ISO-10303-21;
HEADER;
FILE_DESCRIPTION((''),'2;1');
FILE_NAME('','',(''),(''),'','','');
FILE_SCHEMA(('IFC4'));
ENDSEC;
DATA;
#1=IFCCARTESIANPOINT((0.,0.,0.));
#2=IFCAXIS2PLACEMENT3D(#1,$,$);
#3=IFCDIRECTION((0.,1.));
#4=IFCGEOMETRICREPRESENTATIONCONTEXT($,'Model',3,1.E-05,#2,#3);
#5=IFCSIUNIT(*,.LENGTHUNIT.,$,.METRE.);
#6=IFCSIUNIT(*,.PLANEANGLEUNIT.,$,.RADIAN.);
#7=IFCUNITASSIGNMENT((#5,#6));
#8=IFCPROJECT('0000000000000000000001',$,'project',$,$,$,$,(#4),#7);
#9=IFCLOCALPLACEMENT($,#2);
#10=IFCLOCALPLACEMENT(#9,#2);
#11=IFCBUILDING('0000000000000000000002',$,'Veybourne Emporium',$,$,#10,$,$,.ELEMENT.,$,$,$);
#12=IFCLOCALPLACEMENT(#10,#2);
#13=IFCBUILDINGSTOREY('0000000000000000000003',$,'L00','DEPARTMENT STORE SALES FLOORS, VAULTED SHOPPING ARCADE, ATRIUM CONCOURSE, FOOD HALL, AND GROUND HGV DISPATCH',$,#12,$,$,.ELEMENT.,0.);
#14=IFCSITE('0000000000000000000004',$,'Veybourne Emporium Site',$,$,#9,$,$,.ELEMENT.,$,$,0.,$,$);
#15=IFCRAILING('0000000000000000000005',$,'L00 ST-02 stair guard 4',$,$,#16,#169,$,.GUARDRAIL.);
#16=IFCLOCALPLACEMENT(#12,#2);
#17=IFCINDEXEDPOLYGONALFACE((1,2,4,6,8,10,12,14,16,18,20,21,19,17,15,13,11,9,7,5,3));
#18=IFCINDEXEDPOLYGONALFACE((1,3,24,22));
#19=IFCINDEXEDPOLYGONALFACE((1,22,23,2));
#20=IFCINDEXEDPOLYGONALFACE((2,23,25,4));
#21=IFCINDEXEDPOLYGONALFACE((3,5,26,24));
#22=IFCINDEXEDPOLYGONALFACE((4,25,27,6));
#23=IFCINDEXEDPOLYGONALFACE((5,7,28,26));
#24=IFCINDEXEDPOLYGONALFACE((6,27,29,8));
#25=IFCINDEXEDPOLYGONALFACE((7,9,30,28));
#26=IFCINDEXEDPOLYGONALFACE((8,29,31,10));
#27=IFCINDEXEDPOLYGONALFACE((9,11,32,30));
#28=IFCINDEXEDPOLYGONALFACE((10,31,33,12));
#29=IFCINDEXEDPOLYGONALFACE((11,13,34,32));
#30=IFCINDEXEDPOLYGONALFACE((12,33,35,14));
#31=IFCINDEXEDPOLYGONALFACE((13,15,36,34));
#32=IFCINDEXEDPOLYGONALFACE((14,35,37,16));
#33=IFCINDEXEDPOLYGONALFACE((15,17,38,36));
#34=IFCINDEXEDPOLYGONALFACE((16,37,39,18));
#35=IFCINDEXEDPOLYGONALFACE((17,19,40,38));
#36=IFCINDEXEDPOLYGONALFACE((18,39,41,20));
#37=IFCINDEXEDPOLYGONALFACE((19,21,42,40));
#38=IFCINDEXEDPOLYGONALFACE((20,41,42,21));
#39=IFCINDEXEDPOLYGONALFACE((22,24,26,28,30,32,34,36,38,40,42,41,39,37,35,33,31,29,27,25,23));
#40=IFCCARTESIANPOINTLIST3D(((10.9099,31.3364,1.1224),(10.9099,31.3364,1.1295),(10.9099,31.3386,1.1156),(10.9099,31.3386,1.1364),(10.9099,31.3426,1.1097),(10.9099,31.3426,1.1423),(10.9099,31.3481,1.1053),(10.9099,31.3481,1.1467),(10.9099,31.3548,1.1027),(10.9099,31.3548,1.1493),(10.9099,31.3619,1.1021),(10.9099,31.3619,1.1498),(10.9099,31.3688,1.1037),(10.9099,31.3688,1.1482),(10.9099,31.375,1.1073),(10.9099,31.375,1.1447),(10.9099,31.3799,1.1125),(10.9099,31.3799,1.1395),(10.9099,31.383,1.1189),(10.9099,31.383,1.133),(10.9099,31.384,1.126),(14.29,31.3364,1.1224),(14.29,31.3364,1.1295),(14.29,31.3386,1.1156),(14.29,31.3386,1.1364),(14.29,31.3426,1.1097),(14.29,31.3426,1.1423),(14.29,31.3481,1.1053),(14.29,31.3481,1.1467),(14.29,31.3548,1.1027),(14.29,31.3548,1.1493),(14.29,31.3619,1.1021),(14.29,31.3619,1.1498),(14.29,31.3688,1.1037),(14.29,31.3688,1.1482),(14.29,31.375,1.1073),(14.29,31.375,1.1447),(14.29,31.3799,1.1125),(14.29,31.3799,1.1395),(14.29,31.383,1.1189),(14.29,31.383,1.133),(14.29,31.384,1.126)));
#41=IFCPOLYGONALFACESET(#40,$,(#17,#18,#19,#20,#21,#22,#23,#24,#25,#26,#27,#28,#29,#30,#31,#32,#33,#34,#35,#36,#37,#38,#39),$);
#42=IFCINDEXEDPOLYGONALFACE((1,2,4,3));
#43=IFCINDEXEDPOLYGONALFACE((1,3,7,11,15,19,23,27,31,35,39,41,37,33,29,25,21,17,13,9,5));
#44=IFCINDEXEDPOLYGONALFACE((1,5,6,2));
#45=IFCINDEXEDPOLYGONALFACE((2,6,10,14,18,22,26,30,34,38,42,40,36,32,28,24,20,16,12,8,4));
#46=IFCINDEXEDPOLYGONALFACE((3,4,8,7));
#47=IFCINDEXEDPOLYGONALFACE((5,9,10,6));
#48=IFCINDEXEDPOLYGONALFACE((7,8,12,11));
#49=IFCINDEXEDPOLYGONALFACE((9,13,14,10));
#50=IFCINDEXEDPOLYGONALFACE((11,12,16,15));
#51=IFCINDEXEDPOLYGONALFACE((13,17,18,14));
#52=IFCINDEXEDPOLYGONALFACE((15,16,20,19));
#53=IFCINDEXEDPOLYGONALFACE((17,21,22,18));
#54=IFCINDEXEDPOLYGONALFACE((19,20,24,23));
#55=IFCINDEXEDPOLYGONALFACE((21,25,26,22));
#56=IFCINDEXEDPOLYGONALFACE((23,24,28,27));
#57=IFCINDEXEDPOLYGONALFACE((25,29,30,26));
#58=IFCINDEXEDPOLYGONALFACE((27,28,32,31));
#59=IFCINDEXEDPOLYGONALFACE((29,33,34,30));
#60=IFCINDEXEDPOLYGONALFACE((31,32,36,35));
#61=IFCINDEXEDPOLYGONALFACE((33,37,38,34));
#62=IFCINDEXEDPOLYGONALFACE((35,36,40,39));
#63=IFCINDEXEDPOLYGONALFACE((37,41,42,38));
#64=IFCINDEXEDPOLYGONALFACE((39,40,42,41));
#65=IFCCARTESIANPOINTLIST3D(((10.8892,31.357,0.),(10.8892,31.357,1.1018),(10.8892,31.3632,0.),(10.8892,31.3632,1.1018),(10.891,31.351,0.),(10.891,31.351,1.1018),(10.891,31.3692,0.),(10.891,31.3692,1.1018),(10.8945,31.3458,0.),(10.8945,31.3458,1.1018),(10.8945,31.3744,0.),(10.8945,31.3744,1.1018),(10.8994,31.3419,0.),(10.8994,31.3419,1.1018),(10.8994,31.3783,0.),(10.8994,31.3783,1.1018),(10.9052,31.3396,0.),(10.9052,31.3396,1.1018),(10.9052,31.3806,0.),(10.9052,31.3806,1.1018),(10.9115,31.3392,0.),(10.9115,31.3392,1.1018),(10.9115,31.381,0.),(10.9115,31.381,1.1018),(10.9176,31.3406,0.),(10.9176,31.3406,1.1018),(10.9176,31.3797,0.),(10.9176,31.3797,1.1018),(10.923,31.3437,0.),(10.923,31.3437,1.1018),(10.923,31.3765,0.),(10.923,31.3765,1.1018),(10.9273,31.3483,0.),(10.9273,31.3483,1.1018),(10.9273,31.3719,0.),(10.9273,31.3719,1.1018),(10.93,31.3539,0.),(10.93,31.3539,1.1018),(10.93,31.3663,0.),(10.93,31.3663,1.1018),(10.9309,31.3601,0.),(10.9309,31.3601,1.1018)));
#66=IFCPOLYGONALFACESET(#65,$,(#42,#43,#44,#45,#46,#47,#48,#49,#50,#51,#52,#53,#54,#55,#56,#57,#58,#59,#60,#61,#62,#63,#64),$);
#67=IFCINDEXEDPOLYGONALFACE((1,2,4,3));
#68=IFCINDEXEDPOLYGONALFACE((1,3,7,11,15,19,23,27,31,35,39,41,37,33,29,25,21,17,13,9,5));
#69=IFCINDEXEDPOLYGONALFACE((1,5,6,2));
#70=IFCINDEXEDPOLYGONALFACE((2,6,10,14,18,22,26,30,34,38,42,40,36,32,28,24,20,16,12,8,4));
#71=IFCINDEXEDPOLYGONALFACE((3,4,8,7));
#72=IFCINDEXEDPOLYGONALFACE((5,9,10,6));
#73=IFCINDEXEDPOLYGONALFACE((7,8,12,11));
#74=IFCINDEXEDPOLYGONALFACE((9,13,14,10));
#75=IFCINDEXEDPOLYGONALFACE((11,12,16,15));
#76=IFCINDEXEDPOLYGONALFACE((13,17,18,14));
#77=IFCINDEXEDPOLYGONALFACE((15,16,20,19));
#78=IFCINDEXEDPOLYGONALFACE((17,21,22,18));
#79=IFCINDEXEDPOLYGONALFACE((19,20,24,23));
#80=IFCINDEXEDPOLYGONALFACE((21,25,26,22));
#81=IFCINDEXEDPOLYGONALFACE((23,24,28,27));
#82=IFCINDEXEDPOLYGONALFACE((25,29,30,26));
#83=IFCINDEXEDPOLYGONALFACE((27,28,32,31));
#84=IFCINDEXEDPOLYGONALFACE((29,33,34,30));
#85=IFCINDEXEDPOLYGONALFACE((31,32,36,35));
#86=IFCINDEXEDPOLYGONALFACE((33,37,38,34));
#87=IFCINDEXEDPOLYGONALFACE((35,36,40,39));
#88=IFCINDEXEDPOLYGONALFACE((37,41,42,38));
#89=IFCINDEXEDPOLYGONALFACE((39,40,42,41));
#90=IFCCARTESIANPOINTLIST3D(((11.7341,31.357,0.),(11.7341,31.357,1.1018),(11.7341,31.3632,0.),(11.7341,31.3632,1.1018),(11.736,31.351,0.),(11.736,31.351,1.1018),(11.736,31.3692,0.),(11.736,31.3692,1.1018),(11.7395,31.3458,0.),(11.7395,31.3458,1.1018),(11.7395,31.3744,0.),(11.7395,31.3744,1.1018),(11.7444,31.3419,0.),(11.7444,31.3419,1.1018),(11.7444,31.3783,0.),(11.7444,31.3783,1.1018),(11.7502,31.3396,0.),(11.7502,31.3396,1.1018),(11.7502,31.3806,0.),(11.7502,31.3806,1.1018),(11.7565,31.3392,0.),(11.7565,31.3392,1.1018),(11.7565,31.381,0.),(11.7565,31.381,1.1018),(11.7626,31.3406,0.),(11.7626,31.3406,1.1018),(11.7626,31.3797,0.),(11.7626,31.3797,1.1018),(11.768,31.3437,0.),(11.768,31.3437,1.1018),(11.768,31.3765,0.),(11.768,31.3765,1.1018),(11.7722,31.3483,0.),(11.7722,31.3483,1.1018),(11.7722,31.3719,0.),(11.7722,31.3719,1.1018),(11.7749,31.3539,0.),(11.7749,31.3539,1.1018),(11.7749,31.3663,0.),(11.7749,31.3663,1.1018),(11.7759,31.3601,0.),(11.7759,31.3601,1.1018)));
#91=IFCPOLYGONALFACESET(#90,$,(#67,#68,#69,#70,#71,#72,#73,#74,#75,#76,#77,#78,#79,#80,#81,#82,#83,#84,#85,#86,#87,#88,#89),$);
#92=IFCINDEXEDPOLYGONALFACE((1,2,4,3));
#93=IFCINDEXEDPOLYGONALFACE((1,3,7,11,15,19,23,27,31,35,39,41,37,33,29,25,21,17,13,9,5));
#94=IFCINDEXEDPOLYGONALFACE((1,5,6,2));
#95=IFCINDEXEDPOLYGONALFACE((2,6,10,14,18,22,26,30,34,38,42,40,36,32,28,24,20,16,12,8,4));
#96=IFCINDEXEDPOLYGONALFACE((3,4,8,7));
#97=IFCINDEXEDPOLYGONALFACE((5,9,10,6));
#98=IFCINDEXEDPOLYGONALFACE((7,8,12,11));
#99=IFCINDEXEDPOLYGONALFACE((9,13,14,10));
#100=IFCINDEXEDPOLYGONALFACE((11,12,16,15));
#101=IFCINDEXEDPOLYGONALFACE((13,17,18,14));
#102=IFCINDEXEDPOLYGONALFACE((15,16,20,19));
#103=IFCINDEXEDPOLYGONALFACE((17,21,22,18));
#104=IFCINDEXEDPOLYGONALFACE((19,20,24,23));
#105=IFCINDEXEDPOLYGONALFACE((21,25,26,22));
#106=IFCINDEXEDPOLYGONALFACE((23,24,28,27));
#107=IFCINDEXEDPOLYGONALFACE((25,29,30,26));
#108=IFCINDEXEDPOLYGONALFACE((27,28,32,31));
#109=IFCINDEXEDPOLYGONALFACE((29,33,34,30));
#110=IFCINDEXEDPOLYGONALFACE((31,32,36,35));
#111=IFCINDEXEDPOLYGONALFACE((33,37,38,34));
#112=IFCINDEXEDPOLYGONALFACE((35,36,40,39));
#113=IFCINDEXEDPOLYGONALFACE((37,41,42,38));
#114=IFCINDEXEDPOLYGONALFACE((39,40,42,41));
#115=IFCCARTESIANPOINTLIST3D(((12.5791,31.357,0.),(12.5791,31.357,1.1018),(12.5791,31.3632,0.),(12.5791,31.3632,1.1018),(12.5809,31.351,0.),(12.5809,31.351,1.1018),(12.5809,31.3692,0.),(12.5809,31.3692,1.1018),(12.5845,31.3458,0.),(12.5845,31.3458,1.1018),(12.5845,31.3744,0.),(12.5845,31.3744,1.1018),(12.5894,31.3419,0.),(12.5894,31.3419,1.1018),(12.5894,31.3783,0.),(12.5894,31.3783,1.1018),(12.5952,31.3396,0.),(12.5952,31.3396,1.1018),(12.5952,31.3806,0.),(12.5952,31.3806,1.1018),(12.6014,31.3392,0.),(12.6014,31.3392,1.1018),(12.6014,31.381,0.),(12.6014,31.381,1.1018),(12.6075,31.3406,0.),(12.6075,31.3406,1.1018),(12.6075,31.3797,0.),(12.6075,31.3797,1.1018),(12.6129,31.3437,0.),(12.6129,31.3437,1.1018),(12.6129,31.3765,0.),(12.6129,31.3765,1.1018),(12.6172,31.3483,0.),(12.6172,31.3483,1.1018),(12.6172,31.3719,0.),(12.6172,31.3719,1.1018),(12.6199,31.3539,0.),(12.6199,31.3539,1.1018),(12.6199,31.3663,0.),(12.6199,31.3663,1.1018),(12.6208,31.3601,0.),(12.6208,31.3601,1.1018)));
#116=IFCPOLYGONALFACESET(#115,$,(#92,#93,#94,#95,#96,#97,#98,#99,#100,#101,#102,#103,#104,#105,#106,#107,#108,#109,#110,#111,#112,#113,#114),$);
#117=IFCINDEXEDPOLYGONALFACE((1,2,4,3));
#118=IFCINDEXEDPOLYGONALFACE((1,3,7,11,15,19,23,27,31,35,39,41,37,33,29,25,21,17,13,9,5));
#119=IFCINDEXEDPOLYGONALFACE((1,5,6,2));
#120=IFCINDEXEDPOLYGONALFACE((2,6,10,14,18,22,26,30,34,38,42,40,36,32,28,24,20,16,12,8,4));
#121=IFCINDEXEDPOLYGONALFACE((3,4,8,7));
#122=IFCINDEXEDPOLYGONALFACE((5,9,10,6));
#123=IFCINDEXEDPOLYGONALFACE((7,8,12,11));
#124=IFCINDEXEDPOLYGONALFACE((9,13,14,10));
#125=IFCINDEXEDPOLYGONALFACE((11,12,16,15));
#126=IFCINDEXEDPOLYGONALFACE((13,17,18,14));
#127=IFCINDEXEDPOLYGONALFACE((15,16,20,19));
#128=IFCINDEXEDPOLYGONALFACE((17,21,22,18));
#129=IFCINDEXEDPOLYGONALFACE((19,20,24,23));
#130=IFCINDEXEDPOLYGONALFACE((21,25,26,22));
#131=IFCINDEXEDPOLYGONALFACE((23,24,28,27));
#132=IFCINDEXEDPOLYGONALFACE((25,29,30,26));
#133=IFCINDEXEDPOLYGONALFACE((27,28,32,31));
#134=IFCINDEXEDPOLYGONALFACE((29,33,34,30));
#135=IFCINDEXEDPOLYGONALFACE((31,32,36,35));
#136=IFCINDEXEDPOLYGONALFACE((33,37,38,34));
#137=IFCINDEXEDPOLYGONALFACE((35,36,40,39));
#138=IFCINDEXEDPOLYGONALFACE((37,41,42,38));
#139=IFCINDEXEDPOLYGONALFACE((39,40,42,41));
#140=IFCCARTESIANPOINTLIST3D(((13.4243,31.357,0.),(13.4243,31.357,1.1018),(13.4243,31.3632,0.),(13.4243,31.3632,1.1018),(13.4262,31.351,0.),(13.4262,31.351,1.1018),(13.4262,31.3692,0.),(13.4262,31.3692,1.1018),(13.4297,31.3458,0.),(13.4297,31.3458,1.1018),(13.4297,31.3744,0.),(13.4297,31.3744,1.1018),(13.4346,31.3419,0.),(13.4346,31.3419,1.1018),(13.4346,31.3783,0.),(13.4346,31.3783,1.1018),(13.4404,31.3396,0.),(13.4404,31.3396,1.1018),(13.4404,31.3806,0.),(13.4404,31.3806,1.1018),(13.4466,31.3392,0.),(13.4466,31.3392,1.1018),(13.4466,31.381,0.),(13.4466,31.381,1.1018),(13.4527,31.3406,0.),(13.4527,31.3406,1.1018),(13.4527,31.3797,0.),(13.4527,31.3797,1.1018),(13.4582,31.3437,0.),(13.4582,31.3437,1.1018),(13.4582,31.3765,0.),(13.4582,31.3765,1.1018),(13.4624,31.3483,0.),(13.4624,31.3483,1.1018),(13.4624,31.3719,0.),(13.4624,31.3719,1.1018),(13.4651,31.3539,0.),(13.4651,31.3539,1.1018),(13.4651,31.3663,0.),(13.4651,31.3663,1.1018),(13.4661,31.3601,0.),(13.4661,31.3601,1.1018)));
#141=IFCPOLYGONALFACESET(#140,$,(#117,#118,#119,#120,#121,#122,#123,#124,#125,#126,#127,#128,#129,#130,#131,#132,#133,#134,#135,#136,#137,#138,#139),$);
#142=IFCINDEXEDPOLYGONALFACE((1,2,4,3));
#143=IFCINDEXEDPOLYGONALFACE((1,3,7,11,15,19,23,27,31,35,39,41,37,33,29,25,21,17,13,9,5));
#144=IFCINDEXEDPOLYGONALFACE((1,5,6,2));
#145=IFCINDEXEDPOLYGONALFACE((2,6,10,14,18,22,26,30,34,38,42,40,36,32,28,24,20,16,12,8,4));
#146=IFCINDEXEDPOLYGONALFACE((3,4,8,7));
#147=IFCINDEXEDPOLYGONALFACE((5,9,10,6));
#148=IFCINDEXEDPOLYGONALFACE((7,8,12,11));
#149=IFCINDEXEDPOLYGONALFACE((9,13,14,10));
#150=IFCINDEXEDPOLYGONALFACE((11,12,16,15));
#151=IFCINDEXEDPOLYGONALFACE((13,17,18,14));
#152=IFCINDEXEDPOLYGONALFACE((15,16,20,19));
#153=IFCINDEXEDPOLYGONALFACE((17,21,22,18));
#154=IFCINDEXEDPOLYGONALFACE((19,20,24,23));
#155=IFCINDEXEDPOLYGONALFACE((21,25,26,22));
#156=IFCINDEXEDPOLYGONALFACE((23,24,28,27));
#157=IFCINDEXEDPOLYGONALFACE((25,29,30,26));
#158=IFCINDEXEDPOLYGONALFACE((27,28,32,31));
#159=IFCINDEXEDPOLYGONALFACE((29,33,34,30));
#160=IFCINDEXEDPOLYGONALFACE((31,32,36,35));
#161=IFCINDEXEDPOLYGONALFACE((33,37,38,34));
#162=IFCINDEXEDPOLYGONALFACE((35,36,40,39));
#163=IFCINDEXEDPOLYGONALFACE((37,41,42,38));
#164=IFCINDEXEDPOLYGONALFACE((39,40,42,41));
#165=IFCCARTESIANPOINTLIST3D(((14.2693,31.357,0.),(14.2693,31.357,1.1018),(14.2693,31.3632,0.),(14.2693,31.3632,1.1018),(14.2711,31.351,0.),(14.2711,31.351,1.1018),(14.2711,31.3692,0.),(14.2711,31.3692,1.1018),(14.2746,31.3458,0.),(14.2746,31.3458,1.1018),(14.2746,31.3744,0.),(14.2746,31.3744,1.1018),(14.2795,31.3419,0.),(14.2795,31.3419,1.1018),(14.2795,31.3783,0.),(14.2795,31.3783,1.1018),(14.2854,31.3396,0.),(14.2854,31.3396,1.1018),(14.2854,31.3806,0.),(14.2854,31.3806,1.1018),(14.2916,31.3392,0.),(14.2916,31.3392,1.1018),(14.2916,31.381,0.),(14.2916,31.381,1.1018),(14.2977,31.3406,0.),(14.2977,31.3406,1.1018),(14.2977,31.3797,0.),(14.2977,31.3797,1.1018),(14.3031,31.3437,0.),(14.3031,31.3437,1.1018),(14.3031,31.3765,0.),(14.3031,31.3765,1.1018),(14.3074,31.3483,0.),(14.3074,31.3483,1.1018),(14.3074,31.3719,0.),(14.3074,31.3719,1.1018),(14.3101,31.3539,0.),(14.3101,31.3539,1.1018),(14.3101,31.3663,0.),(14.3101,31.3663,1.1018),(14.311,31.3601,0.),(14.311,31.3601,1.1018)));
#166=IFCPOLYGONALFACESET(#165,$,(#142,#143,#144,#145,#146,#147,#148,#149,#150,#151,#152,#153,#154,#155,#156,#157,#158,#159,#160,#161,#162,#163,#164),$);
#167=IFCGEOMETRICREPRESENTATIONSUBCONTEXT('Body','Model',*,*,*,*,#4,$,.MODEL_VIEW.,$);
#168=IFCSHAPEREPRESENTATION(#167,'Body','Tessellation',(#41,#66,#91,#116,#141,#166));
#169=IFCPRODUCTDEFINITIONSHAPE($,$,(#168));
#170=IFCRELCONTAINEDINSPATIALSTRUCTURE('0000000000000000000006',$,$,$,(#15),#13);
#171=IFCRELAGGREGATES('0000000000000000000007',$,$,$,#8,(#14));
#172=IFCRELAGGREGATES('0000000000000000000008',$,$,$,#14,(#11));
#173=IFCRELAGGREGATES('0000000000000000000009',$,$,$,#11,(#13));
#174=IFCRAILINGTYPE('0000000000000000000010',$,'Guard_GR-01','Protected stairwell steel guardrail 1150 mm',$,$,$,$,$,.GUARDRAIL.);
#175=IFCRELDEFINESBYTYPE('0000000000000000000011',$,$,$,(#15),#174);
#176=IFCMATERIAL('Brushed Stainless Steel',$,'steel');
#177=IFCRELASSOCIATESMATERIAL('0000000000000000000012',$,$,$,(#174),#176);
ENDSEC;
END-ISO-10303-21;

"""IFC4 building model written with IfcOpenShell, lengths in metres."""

from ifc_helpers import new_model, si_unit, direction, frame, origin, origin_2d, place, context, subcontext, project, spatial, circle, extrude, material, type_object, element, save


model = new_model("IFC4")

# Units and contexts
model_context = context("Model", 3, precision=1e-05, world=origin(), true_north=direction((0.0, 1.0)))
body_context = subcontext(model_context, "Body", "Model", "MODEL_VIEW")
ifc_project = project(units=[si_unit("LENGTHUNIT", "METRE"), si_unit("PLANEANGLEUNIT", "RADIAN")], contexts=[model_context])

# Site, building, storey
site_placement = place(None, origin())
site = spatial("IfcSite", under=ifc_project, at=site_placement, Name="Veybourne Emporium Site", CompositionType="ELEMENT", RefElevation=0.0)
building_placement = place(site_placement, origin())
building = spatial("IfcBuilding", under=site, at=building_placement, Name="Veybourne Emporium", CompositionType="ELEMENT")
storey_placement = place(building_placement, origin())
storey = spatial("IfcBuildingStorey", under=building, at=storey_placement, Name="L00", Description="DEPARTMENT STORE SALES FLOORS, VAULTED SHOPPING ARCADE, ATRIUM CONCOURSE, FOOD HALL, AND GROUND HGV DISPATCH", CompositionType="ELEMENT", Elevation=0.0)

# Railing
ifc_material_1 = material(Name="Brushed Stainless Steel", Category="steel")
railing_type_1 = type_object("IfcRailingType", Name="Guard_GR-01", Description="Protected stairwell steel guardrail 1150 mm", PredefinedType="GUARDRAIL", material=ifc_material_1)
railing_1_placement = place(storey_placement, frame((10.9099, 31.3601, 0.0)))
element("IfcRailing", 1, at=railing_1_placement, inside=storey, type_object=railing_type_1, Name="L00 ST-02 stair guard 4", PredefinedType="GUARDRAIL", context=body_context, shape_type="SweptSolid", body=[
    extrude(circle(Radius=0.0239, at=origin_2d()), frame((0.0, 0.0, 1.126), z_axis=(1.0, 0.0, 0.0), x_axis=(0.0, 1.0, 0.0)), (0.0, 0.0, 1.0), 3.3801),
    extrude(circle(Radius=0.021, at=origin_2d()), origin(), (0.0, 0.0, 1.0), 1.1018),
    extrude(circle(Radius=0.021, at=origin_2d()), frame((0.845, 0.0, 0.0)), (0.0, 0.0, 1.0), 1.1018),
    extrude(circle(Radius=0.021, at=origin_2d()), frame((1.6899, 0.0, 0.0)), (0.0, 0.0, 1.0), 1.1018),
    extrude(circle(Radius=0.021, at=origin_2d()), frame((2.5352, 0.0, 0.0)), (0.0, 0.0, 1.0), 1.1018),
    extrude(circle(Radius=0.021, at=origin_2d()), frame((3.3801, 0.0, 0.0)), (0.0, 0.0, 1.0), 1.1018),
])

save(model, "model.ifc")
